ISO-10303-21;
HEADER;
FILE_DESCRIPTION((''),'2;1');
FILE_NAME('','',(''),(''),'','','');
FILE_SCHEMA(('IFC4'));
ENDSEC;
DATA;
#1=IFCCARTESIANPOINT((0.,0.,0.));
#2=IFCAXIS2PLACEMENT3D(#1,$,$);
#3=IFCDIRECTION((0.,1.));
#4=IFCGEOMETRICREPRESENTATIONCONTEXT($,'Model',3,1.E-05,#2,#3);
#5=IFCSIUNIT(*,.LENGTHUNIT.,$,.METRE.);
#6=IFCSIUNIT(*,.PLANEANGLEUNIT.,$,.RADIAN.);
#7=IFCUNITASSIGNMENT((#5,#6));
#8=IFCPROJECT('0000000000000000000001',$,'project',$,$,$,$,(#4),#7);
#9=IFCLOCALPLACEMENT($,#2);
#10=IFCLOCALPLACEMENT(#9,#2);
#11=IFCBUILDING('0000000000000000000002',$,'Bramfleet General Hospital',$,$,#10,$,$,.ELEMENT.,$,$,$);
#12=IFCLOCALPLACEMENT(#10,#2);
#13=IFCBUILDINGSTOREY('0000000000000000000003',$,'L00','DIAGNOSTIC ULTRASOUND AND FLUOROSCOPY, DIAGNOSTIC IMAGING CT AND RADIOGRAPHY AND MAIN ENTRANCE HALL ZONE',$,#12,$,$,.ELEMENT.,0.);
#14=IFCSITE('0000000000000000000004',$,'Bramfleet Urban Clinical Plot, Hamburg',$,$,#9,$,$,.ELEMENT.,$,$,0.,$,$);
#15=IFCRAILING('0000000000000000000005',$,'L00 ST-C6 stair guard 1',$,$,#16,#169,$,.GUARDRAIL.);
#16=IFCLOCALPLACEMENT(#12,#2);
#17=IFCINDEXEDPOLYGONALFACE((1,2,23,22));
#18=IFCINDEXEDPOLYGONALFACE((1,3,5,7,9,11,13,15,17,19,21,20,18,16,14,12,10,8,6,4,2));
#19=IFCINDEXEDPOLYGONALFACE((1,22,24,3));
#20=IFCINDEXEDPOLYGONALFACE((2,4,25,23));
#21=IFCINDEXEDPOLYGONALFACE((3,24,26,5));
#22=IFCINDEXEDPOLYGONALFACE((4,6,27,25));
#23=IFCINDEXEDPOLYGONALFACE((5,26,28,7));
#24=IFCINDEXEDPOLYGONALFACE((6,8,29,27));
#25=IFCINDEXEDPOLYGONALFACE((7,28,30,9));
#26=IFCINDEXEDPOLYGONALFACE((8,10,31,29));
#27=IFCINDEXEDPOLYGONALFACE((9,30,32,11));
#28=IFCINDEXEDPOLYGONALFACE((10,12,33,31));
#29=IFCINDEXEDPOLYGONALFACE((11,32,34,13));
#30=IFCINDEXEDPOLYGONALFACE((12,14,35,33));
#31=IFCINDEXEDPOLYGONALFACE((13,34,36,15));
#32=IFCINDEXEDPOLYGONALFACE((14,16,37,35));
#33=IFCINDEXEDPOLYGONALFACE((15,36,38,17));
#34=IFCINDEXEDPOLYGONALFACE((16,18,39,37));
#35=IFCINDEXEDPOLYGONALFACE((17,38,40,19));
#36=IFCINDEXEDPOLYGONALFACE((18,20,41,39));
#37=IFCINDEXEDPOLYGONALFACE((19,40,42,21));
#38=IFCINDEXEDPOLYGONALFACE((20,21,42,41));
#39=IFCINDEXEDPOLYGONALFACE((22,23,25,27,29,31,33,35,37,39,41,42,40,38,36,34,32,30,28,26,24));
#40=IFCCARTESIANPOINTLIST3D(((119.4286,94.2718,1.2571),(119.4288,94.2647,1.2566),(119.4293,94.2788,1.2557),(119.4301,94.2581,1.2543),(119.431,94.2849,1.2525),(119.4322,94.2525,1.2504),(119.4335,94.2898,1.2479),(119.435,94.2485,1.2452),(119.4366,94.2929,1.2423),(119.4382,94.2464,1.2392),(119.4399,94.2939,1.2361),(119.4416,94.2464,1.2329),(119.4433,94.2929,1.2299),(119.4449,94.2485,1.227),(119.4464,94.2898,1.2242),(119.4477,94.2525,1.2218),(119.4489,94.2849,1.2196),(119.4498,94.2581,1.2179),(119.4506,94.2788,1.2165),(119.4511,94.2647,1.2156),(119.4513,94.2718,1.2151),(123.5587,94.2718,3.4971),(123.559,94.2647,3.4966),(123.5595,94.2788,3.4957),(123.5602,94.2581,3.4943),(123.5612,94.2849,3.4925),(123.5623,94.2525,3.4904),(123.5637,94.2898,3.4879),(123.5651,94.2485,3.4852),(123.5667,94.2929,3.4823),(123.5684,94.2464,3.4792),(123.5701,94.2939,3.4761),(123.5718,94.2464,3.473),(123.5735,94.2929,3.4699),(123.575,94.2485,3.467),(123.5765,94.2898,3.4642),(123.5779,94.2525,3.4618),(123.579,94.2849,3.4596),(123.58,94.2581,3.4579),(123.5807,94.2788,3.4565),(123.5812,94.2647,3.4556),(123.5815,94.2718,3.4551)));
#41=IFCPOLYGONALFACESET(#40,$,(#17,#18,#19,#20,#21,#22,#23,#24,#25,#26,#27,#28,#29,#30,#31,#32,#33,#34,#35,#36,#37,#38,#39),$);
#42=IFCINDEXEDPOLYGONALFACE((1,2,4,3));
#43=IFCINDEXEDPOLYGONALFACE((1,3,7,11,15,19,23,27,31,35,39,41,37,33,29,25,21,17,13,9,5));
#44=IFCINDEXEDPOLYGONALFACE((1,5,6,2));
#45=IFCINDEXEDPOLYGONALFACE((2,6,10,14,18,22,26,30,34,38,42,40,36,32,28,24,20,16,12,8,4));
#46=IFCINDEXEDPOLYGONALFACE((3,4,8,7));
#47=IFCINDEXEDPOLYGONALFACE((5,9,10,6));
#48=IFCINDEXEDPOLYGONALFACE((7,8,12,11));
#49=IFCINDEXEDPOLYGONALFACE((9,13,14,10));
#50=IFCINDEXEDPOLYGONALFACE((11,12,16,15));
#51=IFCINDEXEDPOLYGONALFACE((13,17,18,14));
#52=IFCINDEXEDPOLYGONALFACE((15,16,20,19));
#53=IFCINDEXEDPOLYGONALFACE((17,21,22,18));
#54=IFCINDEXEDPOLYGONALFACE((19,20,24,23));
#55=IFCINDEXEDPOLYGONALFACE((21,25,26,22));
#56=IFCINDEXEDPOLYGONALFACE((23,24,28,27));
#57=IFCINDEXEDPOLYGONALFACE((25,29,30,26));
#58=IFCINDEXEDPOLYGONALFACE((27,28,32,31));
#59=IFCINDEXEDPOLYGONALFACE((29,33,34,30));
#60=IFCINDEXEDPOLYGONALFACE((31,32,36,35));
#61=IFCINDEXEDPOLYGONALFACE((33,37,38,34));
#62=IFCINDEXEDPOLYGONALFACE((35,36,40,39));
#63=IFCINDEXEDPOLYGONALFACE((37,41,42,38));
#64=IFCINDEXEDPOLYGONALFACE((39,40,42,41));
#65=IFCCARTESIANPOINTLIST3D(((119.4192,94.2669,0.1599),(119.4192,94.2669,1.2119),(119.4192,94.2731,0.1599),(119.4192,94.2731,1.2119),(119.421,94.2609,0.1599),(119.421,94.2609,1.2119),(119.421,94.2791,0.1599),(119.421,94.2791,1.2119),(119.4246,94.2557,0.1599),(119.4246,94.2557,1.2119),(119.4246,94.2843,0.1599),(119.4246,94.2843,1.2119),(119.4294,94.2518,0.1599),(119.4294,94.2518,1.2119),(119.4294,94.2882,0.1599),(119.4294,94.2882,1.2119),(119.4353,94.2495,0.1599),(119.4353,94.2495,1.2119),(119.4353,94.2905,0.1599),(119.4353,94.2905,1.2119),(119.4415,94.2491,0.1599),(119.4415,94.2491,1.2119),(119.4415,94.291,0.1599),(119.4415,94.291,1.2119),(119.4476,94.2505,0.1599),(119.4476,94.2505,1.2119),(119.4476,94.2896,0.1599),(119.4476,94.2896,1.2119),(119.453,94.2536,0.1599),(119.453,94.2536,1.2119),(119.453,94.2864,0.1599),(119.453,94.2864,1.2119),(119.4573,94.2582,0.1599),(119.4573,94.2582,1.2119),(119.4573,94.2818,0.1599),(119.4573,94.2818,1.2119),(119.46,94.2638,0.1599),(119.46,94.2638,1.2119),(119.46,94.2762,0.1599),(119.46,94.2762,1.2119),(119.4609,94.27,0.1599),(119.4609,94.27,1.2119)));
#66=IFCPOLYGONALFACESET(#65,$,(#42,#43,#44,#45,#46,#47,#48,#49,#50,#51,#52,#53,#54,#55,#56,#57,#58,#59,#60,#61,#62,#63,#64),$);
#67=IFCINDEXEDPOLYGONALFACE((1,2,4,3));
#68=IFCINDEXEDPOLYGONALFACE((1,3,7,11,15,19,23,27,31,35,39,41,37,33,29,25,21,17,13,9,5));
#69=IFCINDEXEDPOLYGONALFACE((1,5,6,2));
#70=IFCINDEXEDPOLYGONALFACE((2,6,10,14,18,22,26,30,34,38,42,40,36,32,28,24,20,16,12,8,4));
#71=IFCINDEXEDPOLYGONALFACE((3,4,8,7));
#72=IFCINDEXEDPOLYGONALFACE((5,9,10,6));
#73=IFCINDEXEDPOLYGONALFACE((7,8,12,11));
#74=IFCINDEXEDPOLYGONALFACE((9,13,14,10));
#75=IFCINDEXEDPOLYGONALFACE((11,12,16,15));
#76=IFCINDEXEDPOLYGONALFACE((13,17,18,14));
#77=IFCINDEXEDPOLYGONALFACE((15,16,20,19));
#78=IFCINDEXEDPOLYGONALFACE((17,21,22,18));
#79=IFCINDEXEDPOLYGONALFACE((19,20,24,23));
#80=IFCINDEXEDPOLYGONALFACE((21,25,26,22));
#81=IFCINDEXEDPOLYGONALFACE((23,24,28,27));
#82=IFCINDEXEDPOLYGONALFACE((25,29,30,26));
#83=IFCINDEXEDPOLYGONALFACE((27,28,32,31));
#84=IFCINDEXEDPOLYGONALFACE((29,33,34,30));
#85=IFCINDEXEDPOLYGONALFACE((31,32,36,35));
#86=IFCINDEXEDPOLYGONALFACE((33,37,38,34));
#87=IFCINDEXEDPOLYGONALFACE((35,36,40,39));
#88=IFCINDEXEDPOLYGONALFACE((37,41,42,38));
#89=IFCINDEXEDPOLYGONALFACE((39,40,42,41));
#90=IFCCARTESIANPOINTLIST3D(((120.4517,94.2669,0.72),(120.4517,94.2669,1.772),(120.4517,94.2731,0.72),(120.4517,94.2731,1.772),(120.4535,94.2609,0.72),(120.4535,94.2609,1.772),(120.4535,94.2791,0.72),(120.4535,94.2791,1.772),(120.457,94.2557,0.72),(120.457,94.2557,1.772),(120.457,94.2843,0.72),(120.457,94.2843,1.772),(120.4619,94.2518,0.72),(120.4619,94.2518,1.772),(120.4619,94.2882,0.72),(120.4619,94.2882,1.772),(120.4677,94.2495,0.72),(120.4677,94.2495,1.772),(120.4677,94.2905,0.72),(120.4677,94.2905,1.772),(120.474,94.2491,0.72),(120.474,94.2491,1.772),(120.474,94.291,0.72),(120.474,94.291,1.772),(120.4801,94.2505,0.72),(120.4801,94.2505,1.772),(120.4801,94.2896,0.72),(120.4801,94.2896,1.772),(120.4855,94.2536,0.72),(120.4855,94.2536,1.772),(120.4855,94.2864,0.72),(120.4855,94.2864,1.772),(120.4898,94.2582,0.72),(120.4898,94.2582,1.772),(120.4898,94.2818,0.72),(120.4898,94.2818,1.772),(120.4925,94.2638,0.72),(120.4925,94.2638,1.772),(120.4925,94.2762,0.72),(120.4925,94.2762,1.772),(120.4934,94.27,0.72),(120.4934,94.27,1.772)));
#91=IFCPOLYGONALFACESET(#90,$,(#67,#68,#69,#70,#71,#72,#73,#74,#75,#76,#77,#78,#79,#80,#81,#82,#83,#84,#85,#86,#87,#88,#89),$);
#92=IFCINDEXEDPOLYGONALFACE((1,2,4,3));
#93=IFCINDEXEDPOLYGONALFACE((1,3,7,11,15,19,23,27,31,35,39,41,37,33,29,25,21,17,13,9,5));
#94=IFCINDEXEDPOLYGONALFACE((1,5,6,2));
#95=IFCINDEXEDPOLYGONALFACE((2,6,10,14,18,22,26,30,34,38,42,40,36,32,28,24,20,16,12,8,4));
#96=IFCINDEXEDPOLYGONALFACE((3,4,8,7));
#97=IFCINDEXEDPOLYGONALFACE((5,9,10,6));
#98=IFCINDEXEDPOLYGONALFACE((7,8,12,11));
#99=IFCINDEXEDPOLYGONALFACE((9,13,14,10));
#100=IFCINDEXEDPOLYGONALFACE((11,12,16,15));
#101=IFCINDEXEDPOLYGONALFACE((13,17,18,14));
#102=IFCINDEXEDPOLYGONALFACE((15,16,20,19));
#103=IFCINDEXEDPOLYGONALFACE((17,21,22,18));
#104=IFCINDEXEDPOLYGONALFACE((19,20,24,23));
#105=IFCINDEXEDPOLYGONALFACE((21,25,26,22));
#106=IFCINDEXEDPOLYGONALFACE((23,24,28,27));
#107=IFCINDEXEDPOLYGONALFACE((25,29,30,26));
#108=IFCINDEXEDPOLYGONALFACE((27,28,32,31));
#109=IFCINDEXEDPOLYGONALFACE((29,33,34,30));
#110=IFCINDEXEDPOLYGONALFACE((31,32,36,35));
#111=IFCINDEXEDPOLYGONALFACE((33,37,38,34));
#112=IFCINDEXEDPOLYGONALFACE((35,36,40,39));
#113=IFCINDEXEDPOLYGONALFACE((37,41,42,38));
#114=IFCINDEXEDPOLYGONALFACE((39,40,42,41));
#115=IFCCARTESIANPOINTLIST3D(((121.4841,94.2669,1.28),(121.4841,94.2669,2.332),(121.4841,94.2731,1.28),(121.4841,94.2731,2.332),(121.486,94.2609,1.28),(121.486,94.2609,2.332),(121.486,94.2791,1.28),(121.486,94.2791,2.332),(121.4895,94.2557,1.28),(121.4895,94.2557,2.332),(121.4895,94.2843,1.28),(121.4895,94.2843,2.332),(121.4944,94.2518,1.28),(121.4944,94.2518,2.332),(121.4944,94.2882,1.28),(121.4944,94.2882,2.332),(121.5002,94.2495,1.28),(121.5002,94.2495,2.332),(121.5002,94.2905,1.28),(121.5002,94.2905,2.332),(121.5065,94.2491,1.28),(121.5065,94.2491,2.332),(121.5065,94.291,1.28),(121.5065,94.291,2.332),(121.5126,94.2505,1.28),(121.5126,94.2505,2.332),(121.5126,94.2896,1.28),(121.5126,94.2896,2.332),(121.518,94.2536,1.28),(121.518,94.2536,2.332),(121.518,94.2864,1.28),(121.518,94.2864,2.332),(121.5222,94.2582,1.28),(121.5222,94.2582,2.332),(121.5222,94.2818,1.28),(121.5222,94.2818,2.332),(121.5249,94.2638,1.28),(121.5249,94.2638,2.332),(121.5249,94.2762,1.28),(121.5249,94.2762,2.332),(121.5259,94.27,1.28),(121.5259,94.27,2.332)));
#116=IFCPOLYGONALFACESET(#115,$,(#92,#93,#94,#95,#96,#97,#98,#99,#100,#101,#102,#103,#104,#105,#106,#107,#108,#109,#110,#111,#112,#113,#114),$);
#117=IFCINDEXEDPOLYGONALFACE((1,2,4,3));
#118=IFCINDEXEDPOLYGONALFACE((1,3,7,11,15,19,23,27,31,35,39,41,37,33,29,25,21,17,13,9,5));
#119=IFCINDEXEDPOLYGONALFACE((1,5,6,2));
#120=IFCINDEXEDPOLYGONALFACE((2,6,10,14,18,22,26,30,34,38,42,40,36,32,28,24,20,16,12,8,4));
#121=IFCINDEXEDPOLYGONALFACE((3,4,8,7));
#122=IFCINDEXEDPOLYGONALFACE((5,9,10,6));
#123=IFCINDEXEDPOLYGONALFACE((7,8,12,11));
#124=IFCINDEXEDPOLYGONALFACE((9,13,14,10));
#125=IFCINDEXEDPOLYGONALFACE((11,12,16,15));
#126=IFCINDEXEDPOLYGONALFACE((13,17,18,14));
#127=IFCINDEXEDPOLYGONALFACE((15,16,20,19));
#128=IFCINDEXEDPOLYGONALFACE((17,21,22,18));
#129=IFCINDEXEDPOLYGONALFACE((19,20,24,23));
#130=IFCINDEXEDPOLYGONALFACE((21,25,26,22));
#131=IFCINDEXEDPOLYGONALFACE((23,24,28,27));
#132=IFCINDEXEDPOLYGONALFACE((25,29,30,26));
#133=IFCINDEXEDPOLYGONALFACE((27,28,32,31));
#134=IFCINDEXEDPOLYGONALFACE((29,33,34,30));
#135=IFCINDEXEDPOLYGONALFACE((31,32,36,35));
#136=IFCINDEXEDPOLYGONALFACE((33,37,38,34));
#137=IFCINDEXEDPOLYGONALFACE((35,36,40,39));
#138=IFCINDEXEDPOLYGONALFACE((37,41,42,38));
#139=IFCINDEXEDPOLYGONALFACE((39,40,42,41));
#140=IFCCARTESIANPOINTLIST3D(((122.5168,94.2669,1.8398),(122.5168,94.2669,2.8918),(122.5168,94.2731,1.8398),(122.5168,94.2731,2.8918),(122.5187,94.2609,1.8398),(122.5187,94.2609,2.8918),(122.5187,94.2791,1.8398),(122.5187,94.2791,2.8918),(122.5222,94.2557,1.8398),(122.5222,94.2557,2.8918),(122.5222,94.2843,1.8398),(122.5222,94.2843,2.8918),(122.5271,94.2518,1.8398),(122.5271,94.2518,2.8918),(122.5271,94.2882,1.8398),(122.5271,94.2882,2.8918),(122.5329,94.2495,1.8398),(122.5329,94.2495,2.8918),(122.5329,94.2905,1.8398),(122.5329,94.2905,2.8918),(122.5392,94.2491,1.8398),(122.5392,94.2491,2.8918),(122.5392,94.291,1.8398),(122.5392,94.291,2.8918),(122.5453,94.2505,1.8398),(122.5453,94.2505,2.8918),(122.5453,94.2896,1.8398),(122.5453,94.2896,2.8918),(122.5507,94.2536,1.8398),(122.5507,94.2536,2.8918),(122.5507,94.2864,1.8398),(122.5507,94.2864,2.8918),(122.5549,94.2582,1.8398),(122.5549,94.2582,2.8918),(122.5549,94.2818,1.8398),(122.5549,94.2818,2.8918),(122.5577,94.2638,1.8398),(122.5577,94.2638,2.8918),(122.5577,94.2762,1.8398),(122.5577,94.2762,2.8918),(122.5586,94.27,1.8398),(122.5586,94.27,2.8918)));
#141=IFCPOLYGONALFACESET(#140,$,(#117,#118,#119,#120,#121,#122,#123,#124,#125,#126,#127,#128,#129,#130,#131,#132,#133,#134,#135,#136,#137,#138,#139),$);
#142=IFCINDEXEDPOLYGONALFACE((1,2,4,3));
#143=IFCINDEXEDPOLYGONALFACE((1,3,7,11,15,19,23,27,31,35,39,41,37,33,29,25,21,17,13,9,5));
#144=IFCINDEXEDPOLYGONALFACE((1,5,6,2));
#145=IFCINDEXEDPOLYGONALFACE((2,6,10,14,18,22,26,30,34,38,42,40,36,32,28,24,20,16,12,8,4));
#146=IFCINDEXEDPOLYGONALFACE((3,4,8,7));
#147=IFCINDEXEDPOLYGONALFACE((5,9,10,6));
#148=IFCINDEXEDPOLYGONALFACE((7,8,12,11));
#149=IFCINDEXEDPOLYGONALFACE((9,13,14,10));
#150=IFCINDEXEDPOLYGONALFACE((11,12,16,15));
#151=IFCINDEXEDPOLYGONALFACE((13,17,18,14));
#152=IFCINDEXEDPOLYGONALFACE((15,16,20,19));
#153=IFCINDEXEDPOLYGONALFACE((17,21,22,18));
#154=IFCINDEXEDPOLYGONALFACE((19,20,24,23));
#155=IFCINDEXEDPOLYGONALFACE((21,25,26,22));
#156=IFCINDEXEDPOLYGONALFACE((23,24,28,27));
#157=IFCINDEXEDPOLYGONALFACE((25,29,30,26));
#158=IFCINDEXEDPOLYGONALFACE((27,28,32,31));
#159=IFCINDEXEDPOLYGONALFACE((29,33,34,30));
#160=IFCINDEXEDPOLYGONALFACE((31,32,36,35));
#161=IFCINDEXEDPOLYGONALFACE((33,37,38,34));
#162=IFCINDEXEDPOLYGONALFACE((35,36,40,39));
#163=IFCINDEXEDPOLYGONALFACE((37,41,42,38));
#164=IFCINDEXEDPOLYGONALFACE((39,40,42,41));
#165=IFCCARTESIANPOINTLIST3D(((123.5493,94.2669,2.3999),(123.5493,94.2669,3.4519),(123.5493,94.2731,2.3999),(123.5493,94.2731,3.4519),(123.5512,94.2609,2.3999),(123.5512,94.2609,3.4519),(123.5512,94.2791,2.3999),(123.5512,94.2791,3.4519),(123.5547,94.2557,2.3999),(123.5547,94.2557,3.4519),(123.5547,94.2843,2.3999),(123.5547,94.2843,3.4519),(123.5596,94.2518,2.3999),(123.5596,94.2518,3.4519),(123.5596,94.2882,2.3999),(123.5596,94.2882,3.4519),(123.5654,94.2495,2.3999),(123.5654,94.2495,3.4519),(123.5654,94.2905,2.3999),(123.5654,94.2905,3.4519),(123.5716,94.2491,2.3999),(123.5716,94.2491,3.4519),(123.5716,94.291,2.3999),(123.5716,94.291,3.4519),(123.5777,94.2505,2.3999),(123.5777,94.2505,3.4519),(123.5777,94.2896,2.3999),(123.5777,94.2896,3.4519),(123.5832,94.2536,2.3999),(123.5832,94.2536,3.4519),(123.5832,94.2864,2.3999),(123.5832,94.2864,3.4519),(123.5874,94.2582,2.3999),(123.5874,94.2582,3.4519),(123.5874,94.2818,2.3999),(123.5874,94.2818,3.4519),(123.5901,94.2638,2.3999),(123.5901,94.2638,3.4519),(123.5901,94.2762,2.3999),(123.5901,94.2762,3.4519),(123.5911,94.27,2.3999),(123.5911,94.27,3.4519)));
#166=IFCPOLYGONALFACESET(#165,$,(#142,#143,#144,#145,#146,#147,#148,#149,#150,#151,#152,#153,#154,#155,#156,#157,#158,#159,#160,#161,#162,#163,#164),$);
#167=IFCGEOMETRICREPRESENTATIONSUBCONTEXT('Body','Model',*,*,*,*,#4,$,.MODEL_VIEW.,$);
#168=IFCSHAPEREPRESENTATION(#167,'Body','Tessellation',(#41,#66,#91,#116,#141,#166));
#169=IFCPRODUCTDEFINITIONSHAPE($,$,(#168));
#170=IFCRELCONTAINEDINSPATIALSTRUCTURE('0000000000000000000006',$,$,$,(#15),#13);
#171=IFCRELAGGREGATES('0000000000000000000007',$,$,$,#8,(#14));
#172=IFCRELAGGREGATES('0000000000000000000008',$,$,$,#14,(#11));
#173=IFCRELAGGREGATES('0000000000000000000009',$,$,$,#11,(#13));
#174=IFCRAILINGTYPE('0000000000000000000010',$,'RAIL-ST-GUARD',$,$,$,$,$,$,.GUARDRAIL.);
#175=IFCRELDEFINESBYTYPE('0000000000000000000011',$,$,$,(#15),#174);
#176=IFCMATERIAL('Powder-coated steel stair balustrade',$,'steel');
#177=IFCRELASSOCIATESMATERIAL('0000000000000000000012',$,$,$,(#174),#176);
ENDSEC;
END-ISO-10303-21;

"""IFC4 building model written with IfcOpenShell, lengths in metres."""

from ifc_helpers import new_model, si_unit, direction, frame, origin, origin_2d, place, context, subcontext, project, spatial, circle, extrude, material, type_object, element, save


model = new_model("IFC4")

# Units and contexts
model_context = context("Model", 3, precision=1e-05, world=origin(), true_north=direction((0.0, 1.0)))
body_context = subcontext(model_context, "Body", "Model", "MODEL_VIEW")
ifc_project = project(units=[si_unit("LENGTHUNIT", "METRE"), si_unit("PLANEANGLEUNIT", "RADIAN")], contexts=[model_context])

# Site, building, storey
site_placement = place(None, origin())
site = spatial("IfcSite", under=ifc_project, at=site_placement, Name="Bramfleet Urban Clinical Plot, Hamburg", CompositionType="ELEMENT", RefElevation=0.0)
building_placement = place(site_placement, origin())
building = spatial("IfcBuilding", under=site, at=building_placement, Name="Bramfleet General Hospital", CompositionType="ELEMENT")
storey_placement = place(building_placement, origin())
storey = spatial("IfcBuildingStorey", under=building, at=storey_placement, Name="L00", Description="DIAGNOSTIC ULTRASOUND AND FLUOROSCOPY, DIAGNOSTIC IMAGING CT AND RADIOGRAPHY AND MAIN ENTRANCE HALL ZONE", CompositionType="ELEMENT", Elevation=0.0)

# Railing
ifc_material_1 = material(Name="Powder-coated steel stair balustrade", Category="steel")
railing_type_1 = type_object("IfcRailingType", Name="RAIL-ST-GUARD", PredefinedType="GUARDRAIL", material=ifc_material_1)
railing_1_placement = place(storey_placement, frame((119.4399, 94.27, 0.1599)))
element("IfcRailing", 1, at=railing_1_placement, inside=storey, type_object=railing_type_1, Name="L00 ST-C6 stair guard 1", PredefinedType="GUARDRAIL", context=body_context, shape_type="SweptSolid", body=[
    extrude(circle(Radius=0.0239, at=origin_2d()), frame((0.0, 0.0, 1.0762), z_axis=(0.879039, 0.0, 0.47675), x_axis=(0.0, 1.0, 0.0)), (0.0, 0.0, 1.0), 4.6985),
    extrude(circle(Radius=0.021, at=origin_2d()), origin(), (0.0, 0.0, 1.0), 1.052),
    extrude(circle(Radius=0.021, at=origin_2d()), frame((1.0325, 0.0, 0.5601)), (0.0, 0.0, 1.0), 1.052),
    extrude(circle(Radius=0.021, at=origin_2d()), frame((2.0649, 0.0, 1.1201)), (0.0, 0.0, 1.0), 1.052),
    extrude(circle(Radius=0.021, at=origin_2d()), frame((3.0977, 0.0, 1.6799)), (0.0, 0.0, 1.0), 1.052),
    extrude(circle(Radius=0.021, at=origin_2d()), frame((4.1301, 0.0, 2.24)), (0.0, 0.0, 1.0), 1.052),
])

save(model, "model.ifc")
